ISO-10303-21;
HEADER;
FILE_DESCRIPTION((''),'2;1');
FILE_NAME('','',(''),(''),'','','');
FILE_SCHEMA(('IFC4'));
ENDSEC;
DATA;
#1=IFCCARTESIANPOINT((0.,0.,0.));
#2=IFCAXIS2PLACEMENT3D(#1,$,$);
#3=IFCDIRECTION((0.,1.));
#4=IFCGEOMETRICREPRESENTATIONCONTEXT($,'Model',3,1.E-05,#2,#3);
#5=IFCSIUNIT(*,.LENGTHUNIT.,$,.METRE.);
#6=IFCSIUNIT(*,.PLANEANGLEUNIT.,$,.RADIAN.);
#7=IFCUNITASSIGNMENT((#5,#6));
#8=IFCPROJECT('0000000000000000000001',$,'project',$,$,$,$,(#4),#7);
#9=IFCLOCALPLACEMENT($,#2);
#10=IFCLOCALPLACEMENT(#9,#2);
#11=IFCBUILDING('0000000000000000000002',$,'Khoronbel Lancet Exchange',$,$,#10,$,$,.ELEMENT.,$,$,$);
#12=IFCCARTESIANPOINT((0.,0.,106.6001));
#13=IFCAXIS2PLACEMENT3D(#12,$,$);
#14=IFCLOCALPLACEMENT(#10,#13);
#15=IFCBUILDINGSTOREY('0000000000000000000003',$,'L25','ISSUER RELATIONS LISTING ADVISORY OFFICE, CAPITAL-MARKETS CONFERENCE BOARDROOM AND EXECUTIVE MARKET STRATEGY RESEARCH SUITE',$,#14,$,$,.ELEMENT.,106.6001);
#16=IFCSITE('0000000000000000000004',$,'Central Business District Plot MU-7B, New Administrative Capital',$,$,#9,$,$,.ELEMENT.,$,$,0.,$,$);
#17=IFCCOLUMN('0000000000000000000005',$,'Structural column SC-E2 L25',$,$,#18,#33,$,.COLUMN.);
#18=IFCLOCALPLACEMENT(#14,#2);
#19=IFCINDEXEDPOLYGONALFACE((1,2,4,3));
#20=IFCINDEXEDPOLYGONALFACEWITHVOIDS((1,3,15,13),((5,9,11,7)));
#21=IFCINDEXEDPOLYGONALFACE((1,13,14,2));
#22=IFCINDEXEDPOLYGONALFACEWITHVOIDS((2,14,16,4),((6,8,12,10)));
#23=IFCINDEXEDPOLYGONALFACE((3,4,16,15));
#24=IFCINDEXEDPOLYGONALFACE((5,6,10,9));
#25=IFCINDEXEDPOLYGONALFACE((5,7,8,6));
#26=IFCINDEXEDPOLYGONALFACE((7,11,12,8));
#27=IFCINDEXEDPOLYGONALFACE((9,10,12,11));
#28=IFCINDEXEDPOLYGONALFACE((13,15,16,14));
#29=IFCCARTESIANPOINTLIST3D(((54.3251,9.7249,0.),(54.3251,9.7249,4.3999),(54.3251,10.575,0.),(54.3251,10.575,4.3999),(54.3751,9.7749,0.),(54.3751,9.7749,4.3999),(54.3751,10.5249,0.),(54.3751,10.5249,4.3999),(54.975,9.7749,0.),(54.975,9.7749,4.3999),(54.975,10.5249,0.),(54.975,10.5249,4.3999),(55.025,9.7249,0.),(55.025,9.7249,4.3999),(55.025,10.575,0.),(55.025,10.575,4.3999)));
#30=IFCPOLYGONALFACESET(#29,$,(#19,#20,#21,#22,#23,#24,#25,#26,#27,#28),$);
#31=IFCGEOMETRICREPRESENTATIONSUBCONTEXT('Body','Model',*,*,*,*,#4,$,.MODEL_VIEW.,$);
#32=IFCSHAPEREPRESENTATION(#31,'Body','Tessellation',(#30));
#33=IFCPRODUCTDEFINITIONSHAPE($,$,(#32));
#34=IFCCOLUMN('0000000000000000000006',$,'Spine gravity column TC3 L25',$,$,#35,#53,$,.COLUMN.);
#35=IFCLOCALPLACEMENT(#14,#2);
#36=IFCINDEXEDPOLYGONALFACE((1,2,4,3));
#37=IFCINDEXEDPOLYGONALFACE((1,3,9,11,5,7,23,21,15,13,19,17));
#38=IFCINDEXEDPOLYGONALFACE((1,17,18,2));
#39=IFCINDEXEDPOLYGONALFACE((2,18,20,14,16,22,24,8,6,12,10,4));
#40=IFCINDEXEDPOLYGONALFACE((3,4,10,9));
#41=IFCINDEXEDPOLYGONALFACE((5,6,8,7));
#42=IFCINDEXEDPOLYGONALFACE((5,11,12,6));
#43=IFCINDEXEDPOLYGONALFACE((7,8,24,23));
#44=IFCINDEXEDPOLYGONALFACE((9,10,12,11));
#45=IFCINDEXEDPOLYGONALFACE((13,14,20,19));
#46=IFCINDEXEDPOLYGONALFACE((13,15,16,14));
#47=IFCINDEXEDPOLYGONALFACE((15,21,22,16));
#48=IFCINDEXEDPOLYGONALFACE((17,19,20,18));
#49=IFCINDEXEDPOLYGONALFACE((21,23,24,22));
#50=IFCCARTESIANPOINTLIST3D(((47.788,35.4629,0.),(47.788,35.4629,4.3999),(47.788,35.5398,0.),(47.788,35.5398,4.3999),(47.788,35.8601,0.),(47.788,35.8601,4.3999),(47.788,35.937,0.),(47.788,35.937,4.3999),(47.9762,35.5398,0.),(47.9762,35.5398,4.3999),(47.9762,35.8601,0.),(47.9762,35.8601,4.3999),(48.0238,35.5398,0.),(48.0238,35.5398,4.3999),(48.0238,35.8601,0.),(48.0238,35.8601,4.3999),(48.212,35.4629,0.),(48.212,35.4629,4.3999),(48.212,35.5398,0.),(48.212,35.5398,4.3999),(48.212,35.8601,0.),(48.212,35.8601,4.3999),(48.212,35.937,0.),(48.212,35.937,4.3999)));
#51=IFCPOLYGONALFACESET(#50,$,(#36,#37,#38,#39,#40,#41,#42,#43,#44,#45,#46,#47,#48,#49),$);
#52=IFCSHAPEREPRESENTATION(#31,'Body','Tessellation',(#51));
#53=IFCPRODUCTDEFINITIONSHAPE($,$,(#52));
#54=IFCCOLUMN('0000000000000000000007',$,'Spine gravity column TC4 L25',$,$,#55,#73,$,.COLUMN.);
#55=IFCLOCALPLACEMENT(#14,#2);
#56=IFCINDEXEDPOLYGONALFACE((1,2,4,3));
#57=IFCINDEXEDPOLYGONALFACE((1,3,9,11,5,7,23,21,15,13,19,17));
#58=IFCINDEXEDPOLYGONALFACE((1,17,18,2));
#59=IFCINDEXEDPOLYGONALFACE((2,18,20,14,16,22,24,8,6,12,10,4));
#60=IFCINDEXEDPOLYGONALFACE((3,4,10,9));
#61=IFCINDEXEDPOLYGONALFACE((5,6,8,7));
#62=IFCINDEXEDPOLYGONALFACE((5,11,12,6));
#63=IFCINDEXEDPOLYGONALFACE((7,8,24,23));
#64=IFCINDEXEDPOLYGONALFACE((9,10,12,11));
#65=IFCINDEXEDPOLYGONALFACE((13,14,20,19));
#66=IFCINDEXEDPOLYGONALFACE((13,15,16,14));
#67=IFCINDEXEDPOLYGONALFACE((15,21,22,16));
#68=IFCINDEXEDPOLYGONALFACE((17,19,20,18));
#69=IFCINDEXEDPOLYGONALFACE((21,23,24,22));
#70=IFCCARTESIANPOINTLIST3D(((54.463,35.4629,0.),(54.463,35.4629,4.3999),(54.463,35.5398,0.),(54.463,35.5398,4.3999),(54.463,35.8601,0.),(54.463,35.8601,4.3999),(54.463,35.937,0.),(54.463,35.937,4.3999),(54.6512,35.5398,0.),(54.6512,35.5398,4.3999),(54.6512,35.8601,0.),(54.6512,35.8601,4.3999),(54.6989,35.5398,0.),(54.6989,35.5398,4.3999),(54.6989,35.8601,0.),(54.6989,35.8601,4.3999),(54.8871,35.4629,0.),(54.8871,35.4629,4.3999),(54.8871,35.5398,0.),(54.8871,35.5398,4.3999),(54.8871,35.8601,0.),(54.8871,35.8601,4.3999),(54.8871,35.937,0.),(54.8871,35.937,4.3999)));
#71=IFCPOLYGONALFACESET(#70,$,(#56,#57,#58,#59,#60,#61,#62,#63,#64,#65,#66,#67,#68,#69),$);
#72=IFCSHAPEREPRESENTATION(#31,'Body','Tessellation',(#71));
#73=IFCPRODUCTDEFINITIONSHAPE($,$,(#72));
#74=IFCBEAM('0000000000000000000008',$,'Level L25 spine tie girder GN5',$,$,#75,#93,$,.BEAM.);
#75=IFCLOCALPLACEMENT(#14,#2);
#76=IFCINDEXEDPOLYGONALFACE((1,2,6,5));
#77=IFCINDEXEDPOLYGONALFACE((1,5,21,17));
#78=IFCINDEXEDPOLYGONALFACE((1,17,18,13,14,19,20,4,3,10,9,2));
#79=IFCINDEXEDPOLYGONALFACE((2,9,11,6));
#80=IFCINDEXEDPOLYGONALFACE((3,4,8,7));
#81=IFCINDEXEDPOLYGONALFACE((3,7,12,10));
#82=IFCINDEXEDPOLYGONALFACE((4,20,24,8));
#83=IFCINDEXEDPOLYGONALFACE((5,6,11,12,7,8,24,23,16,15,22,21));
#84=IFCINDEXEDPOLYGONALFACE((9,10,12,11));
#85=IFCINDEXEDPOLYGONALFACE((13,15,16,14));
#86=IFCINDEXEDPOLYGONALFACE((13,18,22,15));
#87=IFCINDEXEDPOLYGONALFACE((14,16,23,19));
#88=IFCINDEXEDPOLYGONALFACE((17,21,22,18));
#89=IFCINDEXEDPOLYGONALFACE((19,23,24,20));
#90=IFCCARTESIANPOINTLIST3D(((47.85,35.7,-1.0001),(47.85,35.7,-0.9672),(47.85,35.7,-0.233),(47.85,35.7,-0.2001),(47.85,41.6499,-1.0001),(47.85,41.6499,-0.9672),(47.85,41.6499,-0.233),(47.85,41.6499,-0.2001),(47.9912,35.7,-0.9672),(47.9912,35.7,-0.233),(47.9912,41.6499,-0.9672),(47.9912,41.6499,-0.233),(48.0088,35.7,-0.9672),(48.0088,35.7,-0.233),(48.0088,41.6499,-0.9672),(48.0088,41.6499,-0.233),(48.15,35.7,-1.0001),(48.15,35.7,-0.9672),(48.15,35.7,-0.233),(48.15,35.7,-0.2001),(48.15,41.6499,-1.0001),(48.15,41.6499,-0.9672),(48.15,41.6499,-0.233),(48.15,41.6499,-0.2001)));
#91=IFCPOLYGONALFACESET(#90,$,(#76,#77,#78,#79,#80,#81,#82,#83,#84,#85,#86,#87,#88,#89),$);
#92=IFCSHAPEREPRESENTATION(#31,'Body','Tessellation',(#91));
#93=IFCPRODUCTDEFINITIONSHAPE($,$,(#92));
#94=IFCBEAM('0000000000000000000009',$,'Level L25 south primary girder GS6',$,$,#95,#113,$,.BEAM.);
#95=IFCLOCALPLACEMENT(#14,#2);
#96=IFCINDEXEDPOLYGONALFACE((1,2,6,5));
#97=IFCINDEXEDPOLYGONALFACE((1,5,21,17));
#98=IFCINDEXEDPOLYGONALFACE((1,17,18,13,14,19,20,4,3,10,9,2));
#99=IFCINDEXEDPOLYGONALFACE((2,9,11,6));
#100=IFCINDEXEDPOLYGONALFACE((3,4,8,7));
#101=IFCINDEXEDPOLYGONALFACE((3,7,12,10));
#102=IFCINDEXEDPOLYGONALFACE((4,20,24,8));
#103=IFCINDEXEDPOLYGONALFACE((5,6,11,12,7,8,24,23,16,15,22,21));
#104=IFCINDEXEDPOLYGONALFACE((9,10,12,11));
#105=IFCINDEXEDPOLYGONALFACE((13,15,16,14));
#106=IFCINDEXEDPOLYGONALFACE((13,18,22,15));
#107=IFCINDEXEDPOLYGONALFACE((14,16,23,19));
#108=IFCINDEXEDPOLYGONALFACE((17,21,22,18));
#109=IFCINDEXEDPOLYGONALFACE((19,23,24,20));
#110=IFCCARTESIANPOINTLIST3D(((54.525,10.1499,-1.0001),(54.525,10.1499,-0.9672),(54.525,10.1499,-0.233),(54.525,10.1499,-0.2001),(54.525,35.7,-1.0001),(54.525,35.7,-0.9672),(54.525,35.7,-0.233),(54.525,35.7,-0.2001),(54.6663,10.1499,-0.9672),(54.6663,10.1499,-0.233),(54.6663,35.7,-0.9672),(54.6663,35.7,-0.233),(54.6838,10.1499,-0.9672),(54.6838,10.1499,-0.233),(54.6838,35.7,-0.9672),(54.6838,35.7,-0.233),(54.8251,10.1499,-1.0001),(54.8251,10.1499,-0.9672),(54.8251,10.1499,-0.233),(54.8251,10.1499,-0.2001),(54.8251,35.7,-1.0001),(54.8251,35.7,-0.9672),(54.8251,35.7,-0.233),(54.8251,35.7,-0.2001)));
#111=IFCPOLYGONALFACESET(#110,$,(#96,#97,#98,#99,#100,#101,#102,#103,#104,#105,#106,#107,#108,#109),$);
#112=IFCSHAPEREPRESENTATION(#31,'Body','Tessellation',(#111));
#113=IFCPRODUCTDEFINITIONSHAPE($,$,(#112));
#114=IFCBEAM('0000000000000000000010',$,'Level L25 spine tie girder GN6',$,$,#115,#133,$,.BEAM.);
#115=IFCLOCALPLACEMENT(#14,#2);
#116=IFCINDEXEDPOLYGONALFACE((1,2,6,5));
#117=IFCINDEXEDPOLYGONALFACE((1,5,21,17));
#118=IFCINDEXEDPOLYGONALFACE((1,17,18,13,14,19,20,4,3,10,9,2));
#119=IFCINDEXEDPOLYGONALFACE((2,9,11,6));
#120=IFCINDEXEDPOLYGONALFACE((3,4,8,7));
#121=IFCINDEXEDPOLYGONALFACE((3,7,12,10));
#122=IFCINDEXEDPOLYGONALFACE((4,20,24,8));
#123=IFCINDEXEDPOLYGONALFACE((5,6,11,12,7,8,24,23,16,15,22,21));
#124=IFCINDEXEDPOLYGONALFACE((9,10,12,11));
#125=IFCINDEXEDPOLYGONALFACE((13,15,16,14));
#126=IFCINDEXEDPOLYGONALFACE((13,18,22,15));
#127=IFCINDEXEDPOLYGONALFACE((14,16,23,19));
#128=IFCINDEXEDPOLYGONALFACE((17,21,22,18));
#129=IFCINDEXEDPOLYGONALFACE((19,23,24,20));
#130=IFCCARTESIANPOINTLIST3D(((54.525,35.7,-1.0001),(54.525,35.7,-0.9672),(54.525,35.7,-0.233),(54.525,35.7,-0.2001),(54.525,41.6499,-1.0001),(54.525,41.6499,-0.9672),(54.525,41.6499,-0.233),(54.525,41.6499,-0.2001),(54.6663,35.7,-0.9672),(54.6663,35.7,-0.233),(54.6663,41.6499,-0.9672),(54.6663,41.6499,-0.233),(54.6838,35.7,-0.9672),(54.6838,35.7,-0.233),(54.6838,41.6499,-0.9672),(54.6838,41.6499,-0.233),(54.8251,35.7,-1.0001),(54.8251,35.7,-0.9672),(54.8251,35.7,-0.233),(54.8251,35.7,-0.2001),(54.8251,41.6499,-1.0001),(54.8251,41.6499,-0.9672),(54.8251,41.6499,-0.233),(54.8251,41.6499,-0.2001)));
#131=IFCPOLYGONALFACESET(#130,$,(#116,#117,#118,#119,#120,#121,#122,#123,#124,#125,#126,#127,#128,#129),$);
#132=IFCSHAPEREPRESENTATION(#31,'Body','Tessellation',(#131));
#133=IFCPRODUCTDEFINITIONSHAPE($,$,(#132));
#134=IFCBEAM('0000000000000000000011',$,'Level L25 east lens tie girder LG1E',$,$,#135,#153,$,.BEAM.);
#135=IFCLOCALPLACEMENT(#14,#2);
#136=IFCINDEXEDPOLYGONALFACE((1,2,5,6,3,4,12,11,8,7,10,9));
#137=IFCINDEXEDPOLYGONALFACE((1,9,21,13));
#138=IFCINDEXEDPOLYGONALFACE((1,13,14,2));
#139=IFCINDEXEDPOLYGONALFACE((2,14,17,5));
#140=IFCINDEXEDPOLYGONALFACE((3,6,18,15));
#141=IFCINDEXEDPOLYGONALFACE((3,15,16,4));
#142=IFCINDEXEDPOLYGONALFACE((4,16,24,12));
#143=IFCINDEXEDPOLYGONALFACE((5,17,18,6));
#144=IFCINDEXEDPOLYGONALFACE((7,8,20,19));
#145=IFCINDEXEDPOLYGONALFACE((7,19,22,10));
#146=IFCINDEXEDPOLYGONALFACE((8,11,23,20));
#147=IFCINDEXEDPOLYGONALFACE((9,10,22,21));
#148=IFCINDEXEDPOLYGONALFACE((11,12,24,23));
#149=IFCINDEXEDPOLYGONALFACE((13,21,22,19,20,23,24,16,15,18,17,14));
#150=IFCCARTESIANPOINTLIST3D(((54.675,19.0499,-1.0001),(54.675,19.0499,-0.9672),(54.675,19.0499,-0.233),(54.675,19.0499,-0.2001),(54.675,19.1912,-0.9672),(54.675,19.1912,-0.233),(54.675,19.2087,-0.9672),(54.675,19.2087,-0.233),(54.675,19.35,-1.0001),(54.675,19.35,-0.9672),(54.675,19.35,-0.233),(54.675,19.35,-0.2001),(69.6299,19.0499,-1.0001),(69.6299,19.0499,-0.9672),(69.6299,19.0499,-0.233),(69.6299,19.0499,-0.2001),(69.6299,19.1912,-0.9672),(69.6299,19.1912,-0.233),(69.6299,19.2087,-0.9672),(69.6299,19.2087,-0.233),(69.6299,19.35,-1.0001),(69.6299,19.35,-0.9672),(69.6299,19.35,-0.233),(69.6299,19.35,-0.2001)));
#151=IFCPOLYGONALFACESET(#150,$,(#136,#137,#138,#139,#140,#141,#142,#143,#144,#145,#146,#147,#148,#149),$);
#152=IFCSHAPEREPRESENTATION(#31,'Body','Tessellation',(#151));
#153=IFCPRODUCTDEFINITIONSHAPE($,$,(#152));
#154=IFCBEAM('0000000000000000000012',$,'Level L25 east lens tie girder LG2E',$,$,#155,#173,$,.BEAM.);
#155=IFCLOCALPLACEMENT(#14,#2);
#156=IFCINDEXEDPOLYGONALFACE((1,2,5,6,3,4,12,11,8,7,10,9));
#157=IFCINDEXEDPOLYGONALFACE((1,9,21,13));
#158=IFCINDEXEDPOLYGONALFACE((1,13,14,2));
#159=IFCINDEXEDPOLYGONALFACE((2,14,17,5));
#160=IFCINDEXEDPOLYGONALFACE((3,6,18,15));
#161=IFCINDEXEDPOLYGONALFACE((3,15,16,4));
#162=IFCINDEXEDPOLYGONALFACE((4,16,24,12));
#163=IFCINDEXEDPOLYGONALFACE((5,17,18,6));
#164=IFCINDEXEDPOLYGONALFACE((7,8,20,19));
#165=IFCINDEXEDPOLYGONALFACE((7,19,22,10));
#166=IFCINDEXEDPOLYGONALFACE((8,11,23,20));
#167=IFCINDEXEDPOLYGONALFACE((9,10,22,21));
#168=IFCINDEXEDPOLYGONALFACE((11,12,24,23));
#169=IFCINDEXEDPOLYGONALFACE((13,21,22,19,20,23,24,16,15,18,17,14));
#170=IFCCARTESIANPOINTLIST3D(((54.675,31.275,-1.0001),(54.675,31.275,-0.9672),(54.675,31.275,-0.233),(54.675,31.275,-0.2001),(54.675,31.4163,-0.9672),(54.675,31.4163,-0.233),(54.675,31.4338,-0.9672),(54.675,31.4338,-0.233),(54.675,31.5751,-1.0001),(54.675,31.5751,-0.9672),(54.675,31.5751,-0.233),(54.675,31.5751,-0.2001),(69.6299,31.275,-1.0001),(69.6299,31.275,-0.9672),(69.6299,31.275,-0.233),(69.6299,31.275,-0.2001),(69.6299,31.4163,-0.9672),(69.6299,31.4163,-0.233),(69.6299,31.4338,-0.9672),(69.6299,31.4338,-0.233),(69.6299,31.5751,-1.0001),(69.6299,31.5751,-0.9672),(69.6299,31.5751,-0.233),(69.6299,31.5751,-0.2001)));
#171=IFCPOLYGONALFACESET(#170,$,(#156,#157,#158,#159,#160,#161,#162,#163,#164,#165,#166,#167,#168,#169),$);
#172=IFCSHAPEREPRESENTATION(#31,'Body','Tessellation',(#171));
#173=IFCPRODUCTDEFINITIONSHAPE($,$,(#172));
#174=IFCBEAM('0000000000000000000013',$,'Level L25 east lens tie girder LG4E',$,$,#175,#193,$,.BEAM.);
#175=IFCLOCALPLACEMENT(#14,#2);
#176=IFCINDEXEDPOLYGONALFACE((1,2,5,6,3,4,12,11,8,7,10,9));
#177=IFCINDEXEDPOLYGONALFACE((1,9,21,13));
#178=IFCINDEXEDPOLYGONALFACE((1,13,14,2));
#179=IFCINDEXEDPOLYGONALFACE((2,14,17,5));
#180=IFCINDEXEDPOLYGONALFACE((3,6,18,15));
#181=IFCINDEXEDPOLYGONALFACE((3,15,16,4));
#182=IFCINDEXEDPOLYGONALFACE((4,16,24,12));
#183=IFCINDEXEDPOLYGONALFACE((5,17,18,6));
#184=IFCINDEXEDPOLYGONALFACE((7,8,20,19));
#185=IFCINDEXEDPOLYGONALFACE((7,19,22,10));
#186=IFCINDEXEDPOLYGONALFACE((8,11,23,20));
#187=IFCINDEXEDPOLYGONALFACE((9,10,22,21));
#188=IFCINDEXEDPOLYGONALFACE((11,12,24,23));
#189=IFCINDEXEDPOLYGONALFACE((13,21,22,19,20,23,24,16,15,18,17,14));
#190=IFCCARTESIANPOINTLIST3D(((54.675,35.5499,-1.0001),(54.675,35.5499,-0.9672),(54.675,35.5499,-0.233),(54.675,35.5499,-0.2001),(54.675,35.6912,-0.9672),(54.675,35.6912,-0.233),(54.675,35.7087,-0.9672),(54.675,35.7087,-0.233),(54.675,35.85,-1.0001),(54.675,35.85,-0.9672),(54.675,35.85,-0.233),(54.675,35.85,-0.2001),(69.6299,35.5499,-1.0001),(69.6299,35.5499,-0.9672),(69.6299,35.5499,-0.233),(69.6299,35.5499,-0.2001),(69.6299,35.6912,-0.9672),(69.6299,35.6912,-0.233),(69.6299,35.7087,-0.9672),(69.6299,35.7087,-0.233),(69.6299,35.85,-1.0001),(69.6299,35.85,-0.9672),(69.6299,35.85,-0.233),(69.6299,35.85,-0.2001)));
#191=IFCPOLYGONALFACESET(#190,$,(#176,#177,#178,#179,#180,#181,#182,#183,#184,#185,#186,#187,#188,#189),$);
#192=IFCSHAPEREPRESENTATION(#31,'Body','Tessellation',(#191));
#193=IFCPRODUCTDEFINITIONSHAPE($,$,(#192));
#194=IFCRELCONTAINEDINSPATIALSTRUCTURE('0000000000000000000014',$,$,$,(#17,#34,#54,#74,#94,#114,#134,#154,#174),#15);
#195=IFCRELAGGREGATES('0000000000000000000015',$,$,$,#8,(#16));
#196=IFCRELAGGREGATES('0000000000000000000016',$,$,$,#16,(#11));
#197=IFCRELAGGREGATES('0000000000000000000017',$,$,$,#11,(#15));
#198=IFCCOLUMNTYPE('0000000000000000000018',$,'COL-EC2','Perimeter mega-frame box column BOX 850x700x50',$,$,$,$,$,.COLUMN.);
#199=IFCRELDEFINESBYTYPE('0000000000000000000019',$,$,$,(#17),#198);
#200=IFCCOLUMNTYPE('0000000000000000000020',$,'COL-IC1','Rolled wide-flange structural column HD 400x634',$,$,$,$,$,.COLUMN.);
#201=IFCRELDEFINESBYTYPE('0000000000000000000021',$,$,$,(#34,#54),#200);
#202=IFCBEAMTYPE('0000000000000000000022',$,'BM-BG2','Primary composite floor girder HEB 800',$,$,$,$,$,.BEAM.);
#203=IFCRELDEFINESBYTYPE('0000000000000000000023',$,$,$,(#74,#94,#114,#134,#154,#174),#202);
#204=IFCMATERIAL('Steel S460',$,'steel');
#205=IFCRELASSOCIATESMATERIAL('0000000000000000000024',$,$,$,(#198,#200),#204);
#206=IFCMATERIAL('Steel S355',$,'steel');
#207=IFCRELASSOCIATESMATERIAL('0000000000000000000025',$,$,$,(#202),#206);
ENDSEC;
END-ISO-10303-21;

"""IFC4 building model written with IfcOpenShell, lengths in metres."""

from ifc_helpers import new_model, si_unit, direction, frame, origin, origin_2d, place, context, subcontext, project, spatial, hollow_rectangle, i_section, extrude, material, material_profile, profile_set, type_object, element, save


model = new_model("IFC4")

# Units and contexts
model_context = context("Model", 3, precision=1e-05, world=origin(), true_north=direction((0.0, 1.0)))
body_context = subcontext(model_context, "Body", "Model", "MODEL_VIEW")
ifc_project = project(units=[si_unit("LENGTHUNIT", "METRE"), si_unit("PLANEANGLEUNIT", "RADIAN")], contexts=[model_context])

# Site, building, storey
site_placement = place(None, origin())
site = spatial("IfcSite", under=ifc_project, at=site_placement, Name="Central Business District Plot MU-7B, New Administrative Capital", CompositionType="ELEMENT", RefElevation=0.0)
building_placement = place(site_placement, origin())
building = spatial("IfcBuilding", under=site, at=building_placement, Name="Khoronbel Lancet Exchange", CompositionType="ELEMENT")
storey_placement = place(building_placement, frame((0.0, 0.0, 106.6001)))
storey = spatial("IfcBuildingStorey", under=building, at=storey_placement, Name="L25", Description="ISSUER RELATIONS LISTING ADVISORY OFFICE, CAPITAL-MARKETS CONFERENCE BOARDROOM AND EXECUTIVE MARKET STRATEGY RESEARCH SUITE", CompositionType="ELEMENT", Elevation=106.6001)

# Columns
ifc_material_1 = material(Name="Steel S460", Category="steel")
ifc_material_profile_1 = material_profile(ifc_material_1, hollow_rectangle(XDim=0.7, YDim=0.8501, WallThickness=0.05, at=origin_2d()), Name="BOX 850x700x50")
ifc_profile_set_1 = profile_set([ifc_material_profile_1], Name="Steel S460")
column_type_1 = type_object("IfcColumnType", Name="COL-EC2", Description="Perimeter mega-frame box column BOX 850x700x50", PredefinedType="COLUMN", material=ifc_profile_set_1)
column_placement = place(storey_placement, frame((54.675, 10.1499, 0.0), z_axis=(0.0, 0.0, 1.0), x_axis=(1.0, 0.0, 0.0)))
element("IfcColumn", 1, at=column_placement, inside=storey, type_object=column_type_1, Name="Structural column SC-E2 L25", PredefinedType="COLUMN", context=body_context, shape_type="SweptSolid", body=[
    extrude(hollow_rectangle(XDim=0.7, YDim=0.8501, WallThickness=0.05, at=origin_2d()), origin(), (0.0, 0.0, 1.0), 4.3999),
])
ifc_material_profile_2 = material_profile(ifc_material_1, i_section(OverallWidth=0.4241, OverallDepth=0.4741, WebThickness=0.0476, FlangeThickness=0.0769, at=origin_2d()), Name="HD 400x634")
ifc_profile_set_2 = profile_set([ifc_material_profile_2], Name="Steel S460")
column_type_2 = type_object("IfcColumnType", Name="COL-IC1", Description="Rolled wide-flange structural column HD 400x634", PredefinedType="COLUMN", material=ifc_profile_set_2)
for number, where, z_axis, x_axis, name in (
    (2, (48.0, 35.7, 0.0), (0.0, 0.0, 1.0), (1.0, 0.0, 0.0), "Spine gravity column TC3 L25"),
    (3, (54.675, 35.7, 0.0), (0.0, 0.0, 1.0), (1.0, 0.0, 0.0), "Spine gravity column TC4 L25"),
):
    element("IfcColumn", number, at=place(storey_placement, frame(where, z_axis=z_axis, x_axis=x_axis)), inside=storey, type_object=column_type_2, Name=name, PredefinedType="COLUMN", context=body_context, shape_type="SweptSolid", body=[
        extrude(i_section(OverallWidth=0.4241, OverallDepth=0.4741, WebThickness=0.0476, FlangeThickness=0.0769, at=origin_2d()), origin(), (0.0, 0.0, 1.0), 4.3999),
    ])

# Beams
ifc_material_2 = material(Name="Steel S355", Category="steel")
ifc_material_profile_3 = material_profile(ifc_material_2, i_section(OverallWidth=0.3, OverallDepth=0.8, WebThickness=0.0176, FlangeThickness=0.033, at=origin_2d()), Name="HEB 800")
ifc_profile_set_3 = profile_set([ifc_material_profile_3], Name="Steel S355")
beam_type_1 = type_object("IfcBeamType", Name="BM-BG2", Description="Primary composite floor girder HEB 800", PredefinedType="BEAM", material=ifc_profile_set_3)
beam_1_placement = place(storey_placement, frame((48.0, 35.7, -0.6001), z_axis=(0.0, 1.0, 0.0), x_axis=(-1.0, 0.0, 0.0)))
element("IfcBeam", 4, at=beam_1_placement, inside=storey, type_object=beam_type_1, Name="Level L25 spine tie girder GN5", PredefinedType="BEAM", context=body_context, shape_type="SweptSolid", body=[
    extrude(i_section(OverallWidth=0.3, OverallDepth=0.8, WebThickness=0.0176, FlangeThickness=0.033, at=origin_2d()), origin(), (0.0, 0.0, 1.0), 5.95),
])
beam_2_placement = place(storey_placement, frame((54.675, 10.1499, -0.6001), z_axis=(0.0, 1.0, 0.0), x_axis=(-1.0, 0.0, 0.0)))
element("IfcBeam", 5, at=beam_2_placement, inside=storey, type_object=beam_type_1, Name="Level L25 south primary girder GS6", PredefinedType="BEAM", context=body_context, shape_type="SweptSolid", body=[
    extrude(i_section(OverallWidth=0.3, OverallDepth=0.8, WebThickness=0.0176, FlangeThickness=0.033, at=origin_2d()), origin(), (0.0, 0.0, 1.0), 25.55),
])
beam_3_placement = place(storey_placement, frame((54.675, 35.7, -0.6001), z_axis=(0.0, 1.0, 0.0), x_axis=(-1.0, 0.0, 0.0)))
element("IfcBeam", 6, at=beam_3_placement, inside=storey, type_object=beam_type_1, Name="Level L25 spine tie girder GN6", PredefinedType="BEAM", context=body_context, shape_type="SweptSolid", body=[
    extrude(i_section(OverallWidth=0.3, OverallDepth=0.8, WebThickness=0.0176, FlangeThickness=0.033, at=origin_2d()), origin(), (0.0, 0.0, 1.0), 5.95),
])
for number, where, z_axis, x_axis, name in (
    (7, (54.675, 19.2, -0.6001), (1.0, 0.0, 0.0), (0.0, 1.0, 0.0), "Level L25 east lens tie girder LG1E"),
    (8, (54.675, 31.425, -0.6001), (1.0, 0.0, 0.0), (0.0, 1.0, 0.0), "Level L25 east lens tie girder LG2E"),
    (9, (54.675, 35.7, -0.6001), (1.0, 0.0, 0.0), (0.0, 1.0, 0.0), "Level L25 east lens tie girder LG4E"),
):
    element("IfcBeam", number, at=place(storey_placement, frame(where, z_axis=z_axis, x_axis=x_axis)), inside=storey, type_object=beam_type_1, Name=name, PredefinedType="BEAM", context=body_context, shape_type="SweptSolid", body=[
        extrude(i_section(OverallWidth=0.3, OverallDepth=0.8, WebThickness=0.0176, FlangeThickness=0.033, at=origin_2d()), origin(), (0.0, 0.0, 1.0), 14.9548),
    ])

save(model, "model.ifc")
